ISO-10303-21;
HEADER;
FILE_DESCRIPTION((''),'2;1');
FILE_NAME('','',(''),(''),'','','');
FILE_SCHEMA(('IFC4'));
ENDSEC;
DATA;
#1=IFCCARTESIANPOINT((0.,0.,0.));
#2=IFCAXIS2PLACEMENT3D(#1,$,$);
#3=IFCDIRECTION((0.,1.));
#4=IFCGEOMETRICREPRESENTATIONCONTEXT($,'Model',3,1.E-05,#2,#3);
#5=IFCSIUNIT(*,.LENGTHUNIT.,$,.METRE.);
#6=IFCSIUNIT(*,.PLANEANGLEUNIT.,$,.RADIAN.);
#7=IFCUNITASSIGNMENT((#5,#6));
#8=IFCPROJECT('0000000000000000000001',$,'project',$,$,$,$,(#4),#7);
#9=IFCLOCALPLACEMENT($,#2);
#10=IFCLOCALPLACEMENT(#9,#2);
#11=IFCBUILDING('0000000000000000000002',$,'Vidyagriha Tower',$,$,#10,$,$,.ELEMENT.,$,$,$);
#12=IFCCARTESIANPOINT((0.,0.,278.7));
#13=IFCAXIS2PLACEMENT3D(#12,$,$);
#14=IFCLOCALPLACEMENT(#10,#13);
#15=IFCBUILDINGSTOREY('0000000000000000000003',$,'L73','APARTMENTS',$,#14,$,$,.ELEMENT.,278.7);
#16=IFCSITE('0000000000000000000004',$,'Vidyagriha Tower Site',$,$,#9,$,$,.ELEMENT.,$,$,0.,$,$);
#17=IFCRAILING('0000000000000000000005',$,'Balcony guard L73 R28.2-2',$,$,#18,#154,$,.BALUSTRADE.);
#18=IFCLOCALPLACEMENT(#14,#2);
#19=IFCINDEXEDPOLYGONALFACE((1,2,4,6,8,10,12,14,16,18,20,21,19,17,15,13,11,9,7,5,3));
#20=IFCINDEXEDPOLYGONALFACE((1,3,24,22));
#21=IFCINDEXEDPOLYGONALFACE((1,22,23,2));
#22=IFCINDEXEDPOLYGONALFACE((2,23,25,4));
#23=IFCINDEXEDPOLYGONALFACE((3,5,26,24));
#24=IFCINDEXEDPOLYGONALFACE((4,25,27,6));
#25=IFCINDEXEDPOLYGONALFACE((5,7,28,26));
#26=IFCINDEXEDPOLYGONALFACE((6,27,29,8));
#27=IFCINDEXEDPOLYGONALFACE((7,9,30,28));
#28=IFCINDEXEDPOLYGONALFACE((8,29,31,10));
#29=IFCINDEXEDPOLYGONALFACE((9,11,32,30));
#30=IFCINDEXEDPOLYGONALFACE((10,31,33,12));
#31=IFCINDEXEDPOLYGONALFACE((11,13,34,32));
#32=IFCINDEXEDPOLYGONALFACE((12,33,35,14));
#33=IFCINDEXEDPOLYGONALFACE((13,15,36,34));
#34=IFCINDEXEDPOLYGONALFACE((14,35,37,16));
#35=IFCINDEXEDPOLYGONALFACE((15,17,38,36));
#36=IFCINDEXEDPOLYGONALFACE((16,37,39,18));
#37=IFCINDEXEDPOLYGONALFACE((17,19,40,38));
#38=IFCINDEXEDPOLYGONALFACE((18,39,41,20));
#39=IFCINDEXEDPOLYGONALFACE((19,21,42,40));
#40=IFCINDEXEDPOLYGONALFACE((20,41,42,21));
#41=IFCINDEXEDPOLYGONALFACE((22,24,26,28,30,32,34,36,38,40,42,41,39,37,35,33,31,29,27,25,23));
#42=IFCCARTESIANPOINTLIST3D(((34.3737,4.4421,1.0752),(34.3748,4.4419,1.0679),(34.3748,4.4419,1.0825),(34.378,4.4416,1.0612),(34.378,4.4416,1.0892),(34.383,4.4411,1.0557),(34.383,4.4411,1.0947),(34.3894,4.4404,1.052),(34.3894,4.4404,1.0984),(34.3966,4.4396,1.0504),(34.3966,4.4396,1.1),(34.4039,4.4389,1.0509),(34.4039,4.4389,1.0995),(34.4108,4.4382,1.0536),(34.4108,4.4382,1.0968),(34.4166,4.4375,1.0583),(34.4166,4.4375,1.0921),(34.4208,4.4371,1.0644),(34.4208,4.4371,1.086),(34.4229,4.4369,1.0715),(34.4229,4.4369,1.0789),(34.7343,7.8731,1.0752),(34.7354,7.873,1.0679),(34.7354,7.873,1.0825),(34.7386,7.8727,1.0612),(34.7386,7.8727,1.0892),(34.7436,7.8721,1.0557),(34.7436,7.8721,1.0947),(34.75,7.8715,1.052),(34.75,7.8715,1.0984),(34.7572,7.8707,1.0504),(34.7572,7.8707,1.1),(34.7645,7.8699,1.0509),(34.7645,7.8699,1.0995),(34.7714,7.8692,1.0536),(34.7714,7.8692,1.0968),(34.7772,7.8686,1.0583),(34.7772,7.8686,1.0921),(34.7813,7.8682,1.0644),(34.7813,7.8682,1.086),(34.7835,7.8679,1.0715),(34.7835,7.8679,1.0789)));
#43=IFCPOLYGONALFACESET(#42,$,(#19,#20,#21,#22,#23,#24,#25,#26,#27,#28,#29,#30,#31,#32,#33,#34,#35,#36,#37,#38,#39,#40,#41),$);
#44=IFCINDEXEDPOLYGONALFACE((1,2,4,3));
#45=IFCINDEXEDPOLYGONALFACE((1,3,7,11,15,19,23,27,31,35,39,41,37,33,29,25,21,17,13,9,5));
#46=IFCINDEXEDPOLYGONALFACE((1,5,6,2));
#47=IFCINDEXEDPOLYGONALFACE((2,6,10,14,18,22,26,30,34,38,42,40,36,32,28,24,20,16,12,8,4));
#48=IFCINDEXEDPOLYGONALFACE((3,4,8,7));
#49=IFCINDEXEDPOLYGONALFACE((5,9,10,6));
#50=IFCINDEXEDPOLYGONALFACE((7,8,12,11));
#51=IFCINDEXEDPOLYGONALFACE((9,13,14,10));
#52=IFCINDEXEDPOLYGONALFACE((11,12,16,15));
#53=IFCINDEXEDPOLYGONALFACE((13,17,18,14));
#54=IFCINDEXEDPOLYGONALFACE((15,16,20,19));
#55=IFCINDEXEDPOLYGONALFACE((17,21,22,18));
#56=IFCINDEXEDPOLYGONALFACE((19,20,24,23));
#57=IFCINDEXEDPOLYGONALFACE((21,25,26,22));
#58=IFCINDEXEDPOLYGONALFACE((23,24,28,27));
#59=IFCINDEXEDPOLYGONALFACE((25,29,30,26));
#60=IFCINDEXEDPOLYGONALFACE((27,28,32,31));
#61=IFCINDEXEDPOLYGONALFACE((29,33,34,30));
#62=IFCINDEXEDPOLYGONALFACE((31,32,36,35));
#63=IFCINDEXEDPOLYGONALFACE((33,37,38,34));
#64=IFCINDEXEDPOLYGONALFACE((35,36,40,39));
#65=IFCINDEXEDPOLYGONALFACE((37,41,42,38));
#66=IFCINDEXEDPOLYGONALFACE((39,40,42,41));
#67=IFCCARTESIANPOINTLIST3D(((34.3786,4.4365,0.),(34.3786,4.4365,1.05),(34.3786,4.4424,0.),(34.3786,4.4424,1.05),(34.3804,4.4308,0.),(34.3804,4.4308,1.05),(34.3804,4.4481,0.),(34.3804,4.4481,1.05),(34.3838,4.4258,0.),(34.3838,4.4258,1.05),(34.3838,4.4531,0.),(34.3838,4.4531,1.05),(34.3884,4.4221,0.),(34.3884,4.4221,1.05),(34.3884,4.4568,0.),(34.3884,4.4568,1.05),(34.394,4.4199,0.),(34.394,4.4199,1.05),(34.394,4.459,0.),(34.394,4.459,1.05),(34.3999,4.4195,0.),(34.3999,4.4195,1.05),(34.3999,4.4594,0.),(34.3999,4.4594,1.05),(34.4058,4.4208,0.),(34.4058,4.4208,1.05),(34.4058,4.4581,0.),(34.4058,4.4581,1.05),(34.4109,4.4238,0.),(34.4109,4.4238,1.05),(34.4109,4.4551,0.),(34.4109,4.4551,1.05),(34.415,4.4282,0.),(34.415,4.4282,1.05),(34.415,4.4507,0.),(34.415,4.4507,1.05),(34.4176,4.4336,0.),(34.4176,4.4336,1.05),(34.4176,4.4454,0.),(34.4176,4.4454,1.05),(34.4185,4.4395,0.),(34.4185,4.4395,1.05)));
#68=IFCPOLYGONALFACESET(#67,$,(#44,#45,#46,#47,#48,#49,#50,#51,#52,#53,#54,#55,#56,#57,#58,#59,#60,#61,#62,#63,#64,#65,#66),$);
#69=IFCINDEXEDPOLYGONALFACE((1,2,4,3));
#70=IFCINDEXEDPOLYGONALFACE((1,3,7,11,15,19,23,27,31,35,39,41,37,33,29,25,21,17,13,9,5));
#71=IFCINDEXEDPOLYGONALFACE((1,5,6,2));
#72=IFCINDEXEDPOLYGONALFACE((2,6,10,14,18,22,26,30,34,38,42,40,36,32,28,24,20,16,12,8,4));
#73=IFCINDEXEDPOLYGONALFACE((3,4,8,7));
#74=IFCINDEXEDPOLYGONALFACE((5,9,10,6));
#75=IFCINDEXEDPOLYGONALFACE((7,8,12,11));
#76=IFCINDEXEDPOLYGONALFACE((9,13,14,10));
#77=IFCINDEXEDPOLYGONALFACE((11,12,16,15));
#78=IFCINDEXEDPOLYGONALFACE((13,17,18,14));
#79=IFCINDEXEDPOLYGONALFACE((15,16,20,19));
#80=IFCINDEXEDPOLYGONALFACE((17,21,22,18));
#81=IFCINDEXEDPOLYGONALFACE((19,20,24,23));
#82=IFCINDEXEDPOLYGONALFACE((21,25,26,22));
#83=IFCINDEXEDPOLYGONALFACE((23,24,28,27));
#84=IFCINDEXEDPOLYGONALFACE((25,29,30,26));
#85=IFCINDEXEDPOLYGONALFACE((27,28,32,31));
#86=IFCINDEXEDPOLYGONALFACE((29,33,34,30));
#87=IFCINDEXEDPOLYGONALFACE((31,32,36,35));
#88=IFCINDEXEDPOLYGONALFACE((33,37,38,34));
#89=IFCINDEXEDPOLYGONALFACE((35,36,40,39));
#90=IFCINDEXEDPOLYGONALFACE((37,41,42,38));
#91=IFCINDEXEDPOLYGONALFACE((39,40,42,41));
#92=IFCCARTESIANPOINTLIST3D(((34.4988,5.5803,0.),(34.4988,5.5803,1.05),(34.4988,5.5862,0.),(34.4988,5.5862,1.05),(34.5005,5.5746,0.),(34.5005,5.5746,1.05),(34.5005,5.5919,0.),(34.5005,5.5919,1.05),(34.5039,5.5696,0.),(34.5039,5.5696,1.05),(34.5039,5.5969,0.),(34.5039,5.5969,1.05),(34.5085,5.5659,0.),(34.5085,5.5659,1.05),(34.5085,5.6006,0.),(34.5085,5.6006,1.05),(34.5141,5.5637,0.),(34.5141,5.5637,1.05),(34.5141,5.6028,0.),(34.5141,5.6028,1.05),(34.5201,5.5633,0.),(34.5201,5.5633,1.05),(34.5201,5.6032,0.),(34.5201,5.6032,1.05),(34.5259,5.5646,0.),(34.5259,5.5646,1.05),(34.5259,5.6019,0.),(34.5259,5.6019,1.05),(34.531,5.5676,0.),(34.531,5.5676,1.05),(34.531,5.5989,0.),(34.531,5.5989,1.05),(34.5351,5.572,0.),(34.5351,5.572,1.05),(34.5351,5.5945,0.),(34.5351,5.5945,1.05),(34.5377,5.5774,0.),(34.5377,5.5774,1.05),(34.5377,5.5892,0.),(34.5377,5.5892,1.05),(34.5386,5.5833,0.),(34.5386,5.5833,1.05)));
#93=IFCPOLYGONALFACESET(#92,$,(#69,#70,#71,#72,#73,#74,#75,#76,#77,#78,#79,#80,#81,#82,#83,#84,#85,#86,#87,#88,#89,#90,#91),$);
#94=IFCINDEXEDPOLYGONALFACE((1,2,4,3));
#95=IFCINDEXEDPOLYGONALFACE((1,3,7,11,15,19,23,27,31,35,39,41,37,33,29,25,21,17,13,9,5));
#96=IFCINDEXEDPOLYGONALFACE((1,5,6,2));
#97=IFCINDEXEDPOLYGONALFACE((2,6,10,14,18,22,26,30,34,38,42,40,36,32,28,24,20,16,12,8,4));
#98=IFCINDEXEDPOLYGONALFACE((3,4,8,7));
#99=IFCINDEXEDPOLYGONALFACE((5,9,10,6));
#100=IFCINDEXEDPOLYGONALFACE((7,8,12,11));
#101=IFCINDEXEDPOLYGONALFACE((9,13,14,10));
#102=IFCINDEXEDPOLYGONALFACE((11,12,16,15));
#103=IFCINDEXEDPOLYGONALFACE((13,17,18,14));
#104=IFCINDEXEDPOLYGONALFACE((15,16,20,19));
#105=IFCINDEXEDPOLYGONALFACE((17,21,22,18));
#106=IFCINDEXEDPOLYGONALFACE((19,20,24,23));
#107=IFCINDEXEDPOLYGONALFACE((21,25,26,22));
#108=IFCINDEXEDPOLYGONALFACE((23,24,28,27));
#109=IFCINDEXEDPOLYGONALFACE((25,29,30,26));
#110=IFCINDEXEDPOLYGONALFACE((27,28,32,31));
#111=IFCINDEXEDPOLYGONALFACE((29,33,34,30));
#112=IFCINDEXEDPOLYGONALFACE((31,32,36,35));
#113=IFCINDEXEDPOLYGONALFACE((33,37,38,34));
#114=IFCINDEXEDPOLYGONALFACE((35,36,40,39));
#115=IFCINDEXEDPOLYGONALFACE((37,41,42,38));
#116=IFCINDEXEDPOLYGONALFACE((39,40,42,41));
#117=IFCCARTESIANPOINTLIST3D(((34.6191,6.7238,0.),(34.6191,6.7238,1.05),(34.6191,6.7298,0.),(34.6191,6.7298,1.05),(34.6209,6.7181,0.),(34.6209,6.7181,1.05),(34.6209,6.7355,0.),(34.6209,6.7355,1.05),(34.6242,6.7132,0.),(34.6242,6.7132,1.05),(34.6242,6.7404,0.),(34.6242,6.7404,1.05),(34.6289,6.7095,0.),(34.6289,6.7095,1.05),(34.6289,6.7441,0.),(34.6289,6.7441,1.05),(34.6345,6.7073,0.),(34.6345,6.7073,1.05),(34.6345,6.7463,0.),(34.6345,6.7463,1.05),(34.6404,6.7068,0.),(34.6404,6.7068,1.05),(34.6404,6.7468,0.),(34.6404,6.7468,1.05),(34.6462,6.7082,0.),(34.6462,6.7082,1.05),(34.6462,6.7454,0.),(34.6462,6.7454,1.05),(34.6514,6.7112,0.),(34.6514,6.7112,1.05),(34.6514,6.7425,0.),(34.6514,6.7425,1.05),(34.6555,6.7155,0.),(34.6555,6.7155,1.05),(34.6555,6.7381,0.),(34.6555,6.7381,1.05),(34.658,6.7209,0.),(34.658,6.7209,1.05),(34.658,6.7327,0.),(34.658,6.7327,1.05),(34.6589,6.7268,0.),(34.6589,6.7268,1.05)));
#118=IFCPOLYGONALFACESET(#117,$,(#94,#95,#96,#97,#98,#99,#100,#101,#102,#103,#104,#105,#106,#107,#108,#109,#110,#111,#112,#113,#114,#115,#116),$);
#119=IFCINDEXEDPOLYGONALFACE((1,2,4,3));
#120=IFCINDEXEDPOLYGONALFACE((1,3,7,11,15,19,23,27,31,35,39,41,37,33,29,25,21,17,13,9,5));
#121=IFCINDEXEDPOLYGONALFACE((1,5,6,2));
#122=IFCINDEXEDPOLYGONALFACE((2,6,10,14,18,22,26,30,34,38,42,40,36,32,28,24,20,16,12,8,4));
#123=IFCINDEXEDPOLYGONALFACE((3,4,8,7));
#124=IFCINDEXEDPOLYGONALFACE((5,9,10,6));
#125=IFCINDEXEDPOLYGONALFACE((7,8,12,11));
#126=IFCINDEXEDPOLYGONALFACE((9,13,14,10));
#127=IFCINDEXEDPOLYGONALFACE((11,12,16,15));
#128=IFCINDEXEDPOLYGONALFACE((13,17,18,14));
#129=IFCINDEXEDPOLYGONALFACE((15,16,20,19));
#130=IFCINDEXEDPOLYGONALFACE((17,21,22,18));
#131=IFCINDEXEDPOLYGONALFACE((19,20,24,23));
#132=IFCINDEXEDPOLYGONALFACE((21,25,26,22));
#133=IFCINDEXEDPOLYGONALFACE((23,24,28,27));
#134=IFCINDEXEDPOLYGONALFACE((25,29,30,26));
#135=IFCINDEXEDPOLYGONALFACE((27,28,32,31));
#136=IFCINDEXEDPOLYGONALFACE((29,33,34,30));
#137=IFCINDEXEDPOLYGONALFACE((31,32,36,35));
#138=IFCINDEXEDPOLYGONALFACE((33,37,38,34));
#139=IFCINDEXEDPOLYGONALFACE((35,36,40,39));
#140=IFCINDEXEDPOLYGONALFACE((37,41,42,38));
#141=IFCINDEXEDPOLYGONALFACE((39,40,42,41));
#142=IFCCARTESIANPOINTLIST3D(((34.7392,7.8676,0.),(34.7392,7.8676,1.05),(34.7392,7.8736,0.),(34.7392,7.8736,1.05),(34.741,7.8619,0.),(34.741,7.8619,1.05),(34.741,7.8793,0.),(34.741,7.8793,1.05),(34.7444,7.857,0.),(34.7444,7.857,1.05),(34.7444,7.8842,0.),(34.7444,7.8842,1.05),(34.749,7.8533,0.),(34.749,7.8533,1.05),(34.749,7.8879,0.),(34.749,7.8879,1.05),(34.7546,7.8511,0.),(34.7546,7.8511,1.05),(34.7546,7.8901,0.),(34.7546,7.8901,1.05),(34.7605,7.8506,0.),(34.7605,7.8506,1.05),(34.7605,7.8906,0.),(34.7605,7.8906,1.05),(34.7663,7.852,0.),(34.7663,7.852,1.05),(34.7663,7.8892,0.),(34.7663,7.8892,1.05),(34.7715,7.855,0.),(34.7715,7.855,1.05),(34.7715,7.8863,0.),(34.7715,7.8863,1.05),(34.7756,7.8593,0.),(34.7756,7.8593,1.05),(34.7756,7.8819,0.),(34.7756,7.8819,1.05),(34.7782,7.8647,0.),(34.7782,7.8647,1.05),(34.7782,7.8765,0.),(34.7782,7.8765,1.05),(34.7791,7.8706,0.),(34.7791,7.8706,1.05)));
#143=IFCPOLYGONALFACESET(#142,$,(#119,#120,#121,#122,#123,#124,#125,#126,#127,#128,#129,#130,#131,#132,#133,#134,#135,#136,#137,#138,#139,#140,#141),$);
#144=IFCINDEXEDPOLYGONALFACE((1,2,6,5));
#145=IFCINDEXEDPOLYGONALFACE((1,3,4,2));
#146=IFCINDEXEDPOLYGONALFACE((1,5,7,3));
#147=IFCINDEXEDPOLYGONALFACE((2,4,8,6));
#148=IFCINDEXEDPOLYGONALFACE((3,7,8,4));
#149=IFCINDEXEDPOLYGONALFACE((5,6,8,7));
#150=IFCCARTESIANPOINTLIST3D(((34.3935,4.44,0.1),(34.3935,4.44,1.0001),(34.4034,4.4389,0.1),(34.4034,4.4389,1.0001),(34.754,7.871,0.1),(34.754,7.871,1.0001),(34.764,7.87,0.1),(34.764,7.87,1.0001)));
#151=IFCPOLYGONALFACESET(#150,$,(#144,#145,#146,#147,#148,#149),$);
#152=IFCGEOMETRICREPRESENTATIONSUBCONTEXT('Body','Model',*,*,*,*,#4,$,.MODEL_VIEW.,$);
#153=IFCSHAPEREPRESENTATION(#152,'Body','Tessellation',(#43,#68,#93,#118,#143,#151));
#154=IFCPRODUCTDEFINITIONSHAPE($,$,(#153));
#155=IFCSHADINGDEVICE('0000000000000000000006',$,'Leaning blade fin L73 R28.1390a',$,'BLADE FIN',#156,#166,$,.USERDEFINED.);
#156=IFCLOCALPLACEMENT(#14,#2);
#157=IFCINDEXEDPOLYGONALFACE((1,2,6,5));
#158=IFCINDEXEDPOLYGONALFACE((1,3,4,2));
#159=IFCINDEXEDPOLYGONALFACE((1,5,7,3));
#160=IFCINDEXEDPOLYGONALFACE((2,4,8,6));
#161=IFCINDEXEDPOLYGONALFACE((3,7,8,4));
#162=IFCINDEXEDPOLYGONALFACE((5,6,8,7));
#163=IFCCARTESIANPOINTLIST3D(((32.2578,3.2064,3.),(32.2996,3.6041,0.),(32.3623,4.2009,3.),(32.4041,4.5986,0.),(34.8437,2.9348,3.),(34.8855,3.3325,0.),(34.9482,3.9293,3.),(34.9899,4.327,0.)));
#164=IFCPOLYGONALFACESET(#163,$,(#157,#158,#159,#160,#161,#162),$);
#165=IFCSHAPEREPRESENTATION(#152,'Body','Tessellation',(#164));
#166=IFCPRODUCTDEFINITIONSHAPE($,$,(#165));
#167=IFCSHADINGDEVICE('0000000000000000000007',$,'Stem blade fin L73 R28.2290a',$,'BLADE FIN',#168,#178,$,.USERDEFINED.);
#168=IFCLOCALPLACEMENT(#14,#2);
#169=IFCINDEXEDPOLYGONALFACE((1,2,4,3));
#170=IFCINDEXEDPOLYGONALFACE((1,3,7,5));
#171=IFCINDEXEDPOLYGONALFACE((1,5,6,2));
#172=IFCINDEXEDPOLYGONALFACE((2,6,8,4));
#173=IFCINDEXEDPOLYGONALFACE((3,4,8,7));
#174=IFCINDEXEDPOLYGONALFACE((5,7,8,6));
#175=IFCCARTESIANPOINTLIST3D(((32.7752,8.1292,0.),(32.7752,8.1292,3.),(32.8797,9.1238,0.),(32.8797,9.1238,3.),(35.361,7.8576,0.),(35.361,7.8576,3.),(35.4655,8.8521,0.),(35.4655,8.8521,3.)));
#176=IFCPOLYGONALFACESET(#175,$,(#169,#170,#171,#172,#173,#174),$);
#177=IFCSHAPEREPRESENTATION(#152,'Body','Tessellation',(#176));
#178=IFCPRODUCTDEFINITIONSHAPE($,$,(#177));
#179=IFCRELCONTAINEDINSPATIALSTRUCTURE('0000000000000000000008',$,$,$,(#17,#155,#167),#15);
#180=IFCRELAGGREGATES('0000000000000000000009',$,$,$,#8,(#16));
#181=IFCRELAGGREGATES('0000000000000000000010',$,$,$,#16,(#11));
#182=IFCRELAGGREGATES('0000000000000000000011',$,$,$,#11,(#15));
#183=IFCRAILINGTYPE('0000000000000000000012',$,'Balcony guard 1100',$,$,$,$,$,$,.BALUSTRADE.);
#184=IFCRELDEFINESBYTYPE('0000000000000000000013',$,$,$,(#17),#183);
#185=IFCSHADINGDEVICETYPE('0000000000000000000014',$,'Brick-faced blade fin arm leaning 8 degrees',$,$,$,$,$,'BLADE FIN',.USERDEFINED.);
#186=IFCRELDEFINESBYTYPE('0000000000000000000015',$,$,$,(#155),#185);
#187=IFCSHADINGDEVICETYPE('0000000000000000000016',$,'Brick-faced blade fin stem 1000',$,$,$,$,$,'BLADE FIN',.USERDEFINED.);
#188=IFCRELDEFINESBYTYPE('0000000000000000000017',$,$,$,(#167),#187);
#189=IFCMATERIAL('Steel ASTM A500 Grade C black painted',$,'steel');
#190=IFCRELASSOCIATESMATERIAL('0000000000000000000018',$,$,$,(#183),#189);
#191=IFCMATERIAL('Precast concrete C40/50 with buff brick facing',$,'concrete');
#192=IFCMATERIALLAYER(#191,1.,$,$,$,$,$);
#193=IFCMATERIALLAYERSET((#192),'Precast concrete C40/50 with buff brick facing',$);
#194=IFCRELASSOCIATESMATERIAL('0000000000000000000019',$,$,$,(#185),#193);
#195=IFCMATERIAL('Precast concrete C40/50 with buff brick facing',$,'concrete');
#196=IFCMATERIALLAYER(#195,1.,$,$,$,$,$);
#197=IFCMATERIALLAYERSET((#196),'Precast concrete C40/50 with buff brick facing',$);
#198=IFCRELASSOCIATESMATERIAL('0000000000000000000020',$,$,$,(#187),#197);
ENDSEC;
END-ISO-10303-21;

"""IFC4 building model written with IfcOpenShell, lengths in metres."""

from ifc_helpers import new_model, si_unit, direction, frame, origin, origin_2d, place, context, subcontext, project, spatial, polyline, rectangle, circle, outline, extrude, material, layer, layer_set, type_object, element, save


model = new_model("IFC4")

# Units and contexts
model_context = context("Model", 3, precision=1e-05, world=origin(), true_north=direction((0.0, 1.0)))
body_context = subcontext(model_context, "Body", "Model", "MODEL_VIEW")
ifc_project = project(units=[si_unit("LENGTHUNIT", "METRE"), si_unit("PLANEANGLEUNIT", "RADIAN")], contexts=[model_context])

# Site, building, storey
site_placement = place(None, origin())
site = spatial("IfcSite", under=ifc_project, at=site_placement, Name="Vidyagriha Tower Site", CompositionType="ELEMENT", RefElevation=0.0)
building_placement = place(site_placement, origin())
building = spatial("IfcBuilding", under=site, at=building_placement, Name="Vidyagriha Tower", CompositionType="ELEMENT")
storey_placement = place(building_placement, frame((0.0, 0.0, 278.7)))
storey = spatial("IfcBuildingStorey", under=building, at=storey_placement, Name="L73", Description="APARTMENTS", CompositionType="ELEMENT", Elevation=278.7)

# Railing
ifc_material_1 = material(Name="Steel ASTM A500 Grade C black painted", Category="steel")
railing_type_1 = type_object("IfcRailingType", Name="Balcony guard 1100", PredefinedType="BALUSTRADE", material=ifc_material_1)
railing_1_placement = place(storey_placement, frame((34.3984, 4.4395, 0.0)))
element("IfcRailing", 1, at=railing_1_placement, inside=storey, type_object=railing_type_1, Name="Balcony guard L73 R28.2-2", PredefinedType="BALUSTRADE", context=body_context, shape_type="SweptSolid", body=[
    extrude(circle(Radius=0.0249, at=origin_2d()), frame((0.0, 0.0, 1.0752), z_axis=(0.104519, 0.994523, 0.0), x_axis=(-0.994523, 0.104519, 0.0)), (0.0, 0.0, 1.0), 3.45),
    extrude(circle(Radius=0.02, at=origin_2d()), origin(), (0.0, 0.0, 1.0), 1.05),
    extrude(circle(Radius=0.02, at=origin_2d()), frame((0.1201, 1.1438, 0.0)), (0.0, 0.0, 1.0), 1.05),
    extrude(circle(Radius=0.02, at=origin_2d()), frame((0.2405, 2.2874, 0.0)), (0.0, 0.0, 1.0), 1.05),
    extrude(circle(Radius=0.02, at=origin_2d()), frame((0.3606, 3.4312, 0.0)), (0.0, 0.0, 1.0), 1.05),
    extrude(rectangle(XDim=0.01, YDim=0.9001, at=origin_2d()), frame((0.0, 0.0, 0.55), z_axis=(0.104519, 0.994523, 0.0), x_axis=(-0.994523, 0.104519, 0.0)), (0.0, 0.0, 1.0), 3.45),
])

# Shading devices
ifc_material_2 = material(Name="Precast concrete C40/50 with buff brick facing", Category="concrete")
ifc_layer_1 = layer(ifc_material_2, 1.0)
ifc_layer_set_1 = layer_set([ifc_layer_1], Name="Precast concrete C40/50 with buff brick facing")
shading_device_type_1 = type_object("IfcShadingDeviceType", Name="Brick-faced blade fin arm leaning 8 degrees", ElementType="BLADE FIN", PredefinedType="USERDEFINED", material=ifc_layer_set_1)
shading_device_1_placement = place(storey_placement, frame((33.5508, 3.0706, 0.0), z_axis=(0.0, 0.0, 1.0), x_axis=(0.104458, 0.994529, 0.0)))
element("IfcShadingDevice", 2, at=shading_device_1_placement, inside=storey, type_object=shading_device_type_1, Name="Leaning blade fin L73 R28.1390a", ObjectType="BLADE FIN", PredefinedType="USERDEFINED", context=body_context, shape_type="SweptSolid", body=[
    extrude(outline(polyline([(0.3999, 0.0), (1.3999, 0.0), (1.0, 3.0), (0.0, 3.0), (0.3999, 0.0)])), frame((0.0, 1.3, 0.0), z_axis=(0.0, -1.0, 0.0), x_axis=(1.0, 0.0, 0.0)), (0.0, 0.0, 1.0), 2.6001),
])
ifc_material_3 = material(Name="Precast concrete C40/50 with buff brick facing", Category="concrete")
ifc_layer_2 = layer(ifc_material_3, 1.0)
ifc_layer_set_2 = layer_set([ifc_layer_2], Name="Precast concrete C40/50 with buff brick facing")
shading_device_type_2 = type_object("IfcShadingDeviceType", Name="Brick-faced blade fin stem 1000", ElementType="BLADE FIN", PredefinedType="USERDEFINED", material=ifc_layer_set_2)
shading_device_2_placement = place(storey_placement, frame((34.0681, 7.9934, 0.0), z_axis=(0.0, 0.0, 1.0), x_axis=(0.104481, 0.994527, 0.0)))
element("IfcShadingDevice", 3, at=shading_device_2_placement, inside=storey, type_object=shading_device_type_2, Name="Stem blade fin L73 R28.2290a", ObjectType="BLADE FIN", PredefinedType="USERDEFINED", context=body_context, shape_type="SweptSolid", body=[
    extrude(outline(polyline([(0.0, 0.0), (1.0, 0.0), (1.0, 3.0), (0.0, 3.0), (0.0, 0.0)])), frame((0.0, 1.3, 0.0), z_axis=(0.0, -1.0, 0.0), x_axis=(1.0, 0.0, 0.0)), (0.0, 0.0, 1.0), 2.6001),
])

save(model, "model.ifc")
